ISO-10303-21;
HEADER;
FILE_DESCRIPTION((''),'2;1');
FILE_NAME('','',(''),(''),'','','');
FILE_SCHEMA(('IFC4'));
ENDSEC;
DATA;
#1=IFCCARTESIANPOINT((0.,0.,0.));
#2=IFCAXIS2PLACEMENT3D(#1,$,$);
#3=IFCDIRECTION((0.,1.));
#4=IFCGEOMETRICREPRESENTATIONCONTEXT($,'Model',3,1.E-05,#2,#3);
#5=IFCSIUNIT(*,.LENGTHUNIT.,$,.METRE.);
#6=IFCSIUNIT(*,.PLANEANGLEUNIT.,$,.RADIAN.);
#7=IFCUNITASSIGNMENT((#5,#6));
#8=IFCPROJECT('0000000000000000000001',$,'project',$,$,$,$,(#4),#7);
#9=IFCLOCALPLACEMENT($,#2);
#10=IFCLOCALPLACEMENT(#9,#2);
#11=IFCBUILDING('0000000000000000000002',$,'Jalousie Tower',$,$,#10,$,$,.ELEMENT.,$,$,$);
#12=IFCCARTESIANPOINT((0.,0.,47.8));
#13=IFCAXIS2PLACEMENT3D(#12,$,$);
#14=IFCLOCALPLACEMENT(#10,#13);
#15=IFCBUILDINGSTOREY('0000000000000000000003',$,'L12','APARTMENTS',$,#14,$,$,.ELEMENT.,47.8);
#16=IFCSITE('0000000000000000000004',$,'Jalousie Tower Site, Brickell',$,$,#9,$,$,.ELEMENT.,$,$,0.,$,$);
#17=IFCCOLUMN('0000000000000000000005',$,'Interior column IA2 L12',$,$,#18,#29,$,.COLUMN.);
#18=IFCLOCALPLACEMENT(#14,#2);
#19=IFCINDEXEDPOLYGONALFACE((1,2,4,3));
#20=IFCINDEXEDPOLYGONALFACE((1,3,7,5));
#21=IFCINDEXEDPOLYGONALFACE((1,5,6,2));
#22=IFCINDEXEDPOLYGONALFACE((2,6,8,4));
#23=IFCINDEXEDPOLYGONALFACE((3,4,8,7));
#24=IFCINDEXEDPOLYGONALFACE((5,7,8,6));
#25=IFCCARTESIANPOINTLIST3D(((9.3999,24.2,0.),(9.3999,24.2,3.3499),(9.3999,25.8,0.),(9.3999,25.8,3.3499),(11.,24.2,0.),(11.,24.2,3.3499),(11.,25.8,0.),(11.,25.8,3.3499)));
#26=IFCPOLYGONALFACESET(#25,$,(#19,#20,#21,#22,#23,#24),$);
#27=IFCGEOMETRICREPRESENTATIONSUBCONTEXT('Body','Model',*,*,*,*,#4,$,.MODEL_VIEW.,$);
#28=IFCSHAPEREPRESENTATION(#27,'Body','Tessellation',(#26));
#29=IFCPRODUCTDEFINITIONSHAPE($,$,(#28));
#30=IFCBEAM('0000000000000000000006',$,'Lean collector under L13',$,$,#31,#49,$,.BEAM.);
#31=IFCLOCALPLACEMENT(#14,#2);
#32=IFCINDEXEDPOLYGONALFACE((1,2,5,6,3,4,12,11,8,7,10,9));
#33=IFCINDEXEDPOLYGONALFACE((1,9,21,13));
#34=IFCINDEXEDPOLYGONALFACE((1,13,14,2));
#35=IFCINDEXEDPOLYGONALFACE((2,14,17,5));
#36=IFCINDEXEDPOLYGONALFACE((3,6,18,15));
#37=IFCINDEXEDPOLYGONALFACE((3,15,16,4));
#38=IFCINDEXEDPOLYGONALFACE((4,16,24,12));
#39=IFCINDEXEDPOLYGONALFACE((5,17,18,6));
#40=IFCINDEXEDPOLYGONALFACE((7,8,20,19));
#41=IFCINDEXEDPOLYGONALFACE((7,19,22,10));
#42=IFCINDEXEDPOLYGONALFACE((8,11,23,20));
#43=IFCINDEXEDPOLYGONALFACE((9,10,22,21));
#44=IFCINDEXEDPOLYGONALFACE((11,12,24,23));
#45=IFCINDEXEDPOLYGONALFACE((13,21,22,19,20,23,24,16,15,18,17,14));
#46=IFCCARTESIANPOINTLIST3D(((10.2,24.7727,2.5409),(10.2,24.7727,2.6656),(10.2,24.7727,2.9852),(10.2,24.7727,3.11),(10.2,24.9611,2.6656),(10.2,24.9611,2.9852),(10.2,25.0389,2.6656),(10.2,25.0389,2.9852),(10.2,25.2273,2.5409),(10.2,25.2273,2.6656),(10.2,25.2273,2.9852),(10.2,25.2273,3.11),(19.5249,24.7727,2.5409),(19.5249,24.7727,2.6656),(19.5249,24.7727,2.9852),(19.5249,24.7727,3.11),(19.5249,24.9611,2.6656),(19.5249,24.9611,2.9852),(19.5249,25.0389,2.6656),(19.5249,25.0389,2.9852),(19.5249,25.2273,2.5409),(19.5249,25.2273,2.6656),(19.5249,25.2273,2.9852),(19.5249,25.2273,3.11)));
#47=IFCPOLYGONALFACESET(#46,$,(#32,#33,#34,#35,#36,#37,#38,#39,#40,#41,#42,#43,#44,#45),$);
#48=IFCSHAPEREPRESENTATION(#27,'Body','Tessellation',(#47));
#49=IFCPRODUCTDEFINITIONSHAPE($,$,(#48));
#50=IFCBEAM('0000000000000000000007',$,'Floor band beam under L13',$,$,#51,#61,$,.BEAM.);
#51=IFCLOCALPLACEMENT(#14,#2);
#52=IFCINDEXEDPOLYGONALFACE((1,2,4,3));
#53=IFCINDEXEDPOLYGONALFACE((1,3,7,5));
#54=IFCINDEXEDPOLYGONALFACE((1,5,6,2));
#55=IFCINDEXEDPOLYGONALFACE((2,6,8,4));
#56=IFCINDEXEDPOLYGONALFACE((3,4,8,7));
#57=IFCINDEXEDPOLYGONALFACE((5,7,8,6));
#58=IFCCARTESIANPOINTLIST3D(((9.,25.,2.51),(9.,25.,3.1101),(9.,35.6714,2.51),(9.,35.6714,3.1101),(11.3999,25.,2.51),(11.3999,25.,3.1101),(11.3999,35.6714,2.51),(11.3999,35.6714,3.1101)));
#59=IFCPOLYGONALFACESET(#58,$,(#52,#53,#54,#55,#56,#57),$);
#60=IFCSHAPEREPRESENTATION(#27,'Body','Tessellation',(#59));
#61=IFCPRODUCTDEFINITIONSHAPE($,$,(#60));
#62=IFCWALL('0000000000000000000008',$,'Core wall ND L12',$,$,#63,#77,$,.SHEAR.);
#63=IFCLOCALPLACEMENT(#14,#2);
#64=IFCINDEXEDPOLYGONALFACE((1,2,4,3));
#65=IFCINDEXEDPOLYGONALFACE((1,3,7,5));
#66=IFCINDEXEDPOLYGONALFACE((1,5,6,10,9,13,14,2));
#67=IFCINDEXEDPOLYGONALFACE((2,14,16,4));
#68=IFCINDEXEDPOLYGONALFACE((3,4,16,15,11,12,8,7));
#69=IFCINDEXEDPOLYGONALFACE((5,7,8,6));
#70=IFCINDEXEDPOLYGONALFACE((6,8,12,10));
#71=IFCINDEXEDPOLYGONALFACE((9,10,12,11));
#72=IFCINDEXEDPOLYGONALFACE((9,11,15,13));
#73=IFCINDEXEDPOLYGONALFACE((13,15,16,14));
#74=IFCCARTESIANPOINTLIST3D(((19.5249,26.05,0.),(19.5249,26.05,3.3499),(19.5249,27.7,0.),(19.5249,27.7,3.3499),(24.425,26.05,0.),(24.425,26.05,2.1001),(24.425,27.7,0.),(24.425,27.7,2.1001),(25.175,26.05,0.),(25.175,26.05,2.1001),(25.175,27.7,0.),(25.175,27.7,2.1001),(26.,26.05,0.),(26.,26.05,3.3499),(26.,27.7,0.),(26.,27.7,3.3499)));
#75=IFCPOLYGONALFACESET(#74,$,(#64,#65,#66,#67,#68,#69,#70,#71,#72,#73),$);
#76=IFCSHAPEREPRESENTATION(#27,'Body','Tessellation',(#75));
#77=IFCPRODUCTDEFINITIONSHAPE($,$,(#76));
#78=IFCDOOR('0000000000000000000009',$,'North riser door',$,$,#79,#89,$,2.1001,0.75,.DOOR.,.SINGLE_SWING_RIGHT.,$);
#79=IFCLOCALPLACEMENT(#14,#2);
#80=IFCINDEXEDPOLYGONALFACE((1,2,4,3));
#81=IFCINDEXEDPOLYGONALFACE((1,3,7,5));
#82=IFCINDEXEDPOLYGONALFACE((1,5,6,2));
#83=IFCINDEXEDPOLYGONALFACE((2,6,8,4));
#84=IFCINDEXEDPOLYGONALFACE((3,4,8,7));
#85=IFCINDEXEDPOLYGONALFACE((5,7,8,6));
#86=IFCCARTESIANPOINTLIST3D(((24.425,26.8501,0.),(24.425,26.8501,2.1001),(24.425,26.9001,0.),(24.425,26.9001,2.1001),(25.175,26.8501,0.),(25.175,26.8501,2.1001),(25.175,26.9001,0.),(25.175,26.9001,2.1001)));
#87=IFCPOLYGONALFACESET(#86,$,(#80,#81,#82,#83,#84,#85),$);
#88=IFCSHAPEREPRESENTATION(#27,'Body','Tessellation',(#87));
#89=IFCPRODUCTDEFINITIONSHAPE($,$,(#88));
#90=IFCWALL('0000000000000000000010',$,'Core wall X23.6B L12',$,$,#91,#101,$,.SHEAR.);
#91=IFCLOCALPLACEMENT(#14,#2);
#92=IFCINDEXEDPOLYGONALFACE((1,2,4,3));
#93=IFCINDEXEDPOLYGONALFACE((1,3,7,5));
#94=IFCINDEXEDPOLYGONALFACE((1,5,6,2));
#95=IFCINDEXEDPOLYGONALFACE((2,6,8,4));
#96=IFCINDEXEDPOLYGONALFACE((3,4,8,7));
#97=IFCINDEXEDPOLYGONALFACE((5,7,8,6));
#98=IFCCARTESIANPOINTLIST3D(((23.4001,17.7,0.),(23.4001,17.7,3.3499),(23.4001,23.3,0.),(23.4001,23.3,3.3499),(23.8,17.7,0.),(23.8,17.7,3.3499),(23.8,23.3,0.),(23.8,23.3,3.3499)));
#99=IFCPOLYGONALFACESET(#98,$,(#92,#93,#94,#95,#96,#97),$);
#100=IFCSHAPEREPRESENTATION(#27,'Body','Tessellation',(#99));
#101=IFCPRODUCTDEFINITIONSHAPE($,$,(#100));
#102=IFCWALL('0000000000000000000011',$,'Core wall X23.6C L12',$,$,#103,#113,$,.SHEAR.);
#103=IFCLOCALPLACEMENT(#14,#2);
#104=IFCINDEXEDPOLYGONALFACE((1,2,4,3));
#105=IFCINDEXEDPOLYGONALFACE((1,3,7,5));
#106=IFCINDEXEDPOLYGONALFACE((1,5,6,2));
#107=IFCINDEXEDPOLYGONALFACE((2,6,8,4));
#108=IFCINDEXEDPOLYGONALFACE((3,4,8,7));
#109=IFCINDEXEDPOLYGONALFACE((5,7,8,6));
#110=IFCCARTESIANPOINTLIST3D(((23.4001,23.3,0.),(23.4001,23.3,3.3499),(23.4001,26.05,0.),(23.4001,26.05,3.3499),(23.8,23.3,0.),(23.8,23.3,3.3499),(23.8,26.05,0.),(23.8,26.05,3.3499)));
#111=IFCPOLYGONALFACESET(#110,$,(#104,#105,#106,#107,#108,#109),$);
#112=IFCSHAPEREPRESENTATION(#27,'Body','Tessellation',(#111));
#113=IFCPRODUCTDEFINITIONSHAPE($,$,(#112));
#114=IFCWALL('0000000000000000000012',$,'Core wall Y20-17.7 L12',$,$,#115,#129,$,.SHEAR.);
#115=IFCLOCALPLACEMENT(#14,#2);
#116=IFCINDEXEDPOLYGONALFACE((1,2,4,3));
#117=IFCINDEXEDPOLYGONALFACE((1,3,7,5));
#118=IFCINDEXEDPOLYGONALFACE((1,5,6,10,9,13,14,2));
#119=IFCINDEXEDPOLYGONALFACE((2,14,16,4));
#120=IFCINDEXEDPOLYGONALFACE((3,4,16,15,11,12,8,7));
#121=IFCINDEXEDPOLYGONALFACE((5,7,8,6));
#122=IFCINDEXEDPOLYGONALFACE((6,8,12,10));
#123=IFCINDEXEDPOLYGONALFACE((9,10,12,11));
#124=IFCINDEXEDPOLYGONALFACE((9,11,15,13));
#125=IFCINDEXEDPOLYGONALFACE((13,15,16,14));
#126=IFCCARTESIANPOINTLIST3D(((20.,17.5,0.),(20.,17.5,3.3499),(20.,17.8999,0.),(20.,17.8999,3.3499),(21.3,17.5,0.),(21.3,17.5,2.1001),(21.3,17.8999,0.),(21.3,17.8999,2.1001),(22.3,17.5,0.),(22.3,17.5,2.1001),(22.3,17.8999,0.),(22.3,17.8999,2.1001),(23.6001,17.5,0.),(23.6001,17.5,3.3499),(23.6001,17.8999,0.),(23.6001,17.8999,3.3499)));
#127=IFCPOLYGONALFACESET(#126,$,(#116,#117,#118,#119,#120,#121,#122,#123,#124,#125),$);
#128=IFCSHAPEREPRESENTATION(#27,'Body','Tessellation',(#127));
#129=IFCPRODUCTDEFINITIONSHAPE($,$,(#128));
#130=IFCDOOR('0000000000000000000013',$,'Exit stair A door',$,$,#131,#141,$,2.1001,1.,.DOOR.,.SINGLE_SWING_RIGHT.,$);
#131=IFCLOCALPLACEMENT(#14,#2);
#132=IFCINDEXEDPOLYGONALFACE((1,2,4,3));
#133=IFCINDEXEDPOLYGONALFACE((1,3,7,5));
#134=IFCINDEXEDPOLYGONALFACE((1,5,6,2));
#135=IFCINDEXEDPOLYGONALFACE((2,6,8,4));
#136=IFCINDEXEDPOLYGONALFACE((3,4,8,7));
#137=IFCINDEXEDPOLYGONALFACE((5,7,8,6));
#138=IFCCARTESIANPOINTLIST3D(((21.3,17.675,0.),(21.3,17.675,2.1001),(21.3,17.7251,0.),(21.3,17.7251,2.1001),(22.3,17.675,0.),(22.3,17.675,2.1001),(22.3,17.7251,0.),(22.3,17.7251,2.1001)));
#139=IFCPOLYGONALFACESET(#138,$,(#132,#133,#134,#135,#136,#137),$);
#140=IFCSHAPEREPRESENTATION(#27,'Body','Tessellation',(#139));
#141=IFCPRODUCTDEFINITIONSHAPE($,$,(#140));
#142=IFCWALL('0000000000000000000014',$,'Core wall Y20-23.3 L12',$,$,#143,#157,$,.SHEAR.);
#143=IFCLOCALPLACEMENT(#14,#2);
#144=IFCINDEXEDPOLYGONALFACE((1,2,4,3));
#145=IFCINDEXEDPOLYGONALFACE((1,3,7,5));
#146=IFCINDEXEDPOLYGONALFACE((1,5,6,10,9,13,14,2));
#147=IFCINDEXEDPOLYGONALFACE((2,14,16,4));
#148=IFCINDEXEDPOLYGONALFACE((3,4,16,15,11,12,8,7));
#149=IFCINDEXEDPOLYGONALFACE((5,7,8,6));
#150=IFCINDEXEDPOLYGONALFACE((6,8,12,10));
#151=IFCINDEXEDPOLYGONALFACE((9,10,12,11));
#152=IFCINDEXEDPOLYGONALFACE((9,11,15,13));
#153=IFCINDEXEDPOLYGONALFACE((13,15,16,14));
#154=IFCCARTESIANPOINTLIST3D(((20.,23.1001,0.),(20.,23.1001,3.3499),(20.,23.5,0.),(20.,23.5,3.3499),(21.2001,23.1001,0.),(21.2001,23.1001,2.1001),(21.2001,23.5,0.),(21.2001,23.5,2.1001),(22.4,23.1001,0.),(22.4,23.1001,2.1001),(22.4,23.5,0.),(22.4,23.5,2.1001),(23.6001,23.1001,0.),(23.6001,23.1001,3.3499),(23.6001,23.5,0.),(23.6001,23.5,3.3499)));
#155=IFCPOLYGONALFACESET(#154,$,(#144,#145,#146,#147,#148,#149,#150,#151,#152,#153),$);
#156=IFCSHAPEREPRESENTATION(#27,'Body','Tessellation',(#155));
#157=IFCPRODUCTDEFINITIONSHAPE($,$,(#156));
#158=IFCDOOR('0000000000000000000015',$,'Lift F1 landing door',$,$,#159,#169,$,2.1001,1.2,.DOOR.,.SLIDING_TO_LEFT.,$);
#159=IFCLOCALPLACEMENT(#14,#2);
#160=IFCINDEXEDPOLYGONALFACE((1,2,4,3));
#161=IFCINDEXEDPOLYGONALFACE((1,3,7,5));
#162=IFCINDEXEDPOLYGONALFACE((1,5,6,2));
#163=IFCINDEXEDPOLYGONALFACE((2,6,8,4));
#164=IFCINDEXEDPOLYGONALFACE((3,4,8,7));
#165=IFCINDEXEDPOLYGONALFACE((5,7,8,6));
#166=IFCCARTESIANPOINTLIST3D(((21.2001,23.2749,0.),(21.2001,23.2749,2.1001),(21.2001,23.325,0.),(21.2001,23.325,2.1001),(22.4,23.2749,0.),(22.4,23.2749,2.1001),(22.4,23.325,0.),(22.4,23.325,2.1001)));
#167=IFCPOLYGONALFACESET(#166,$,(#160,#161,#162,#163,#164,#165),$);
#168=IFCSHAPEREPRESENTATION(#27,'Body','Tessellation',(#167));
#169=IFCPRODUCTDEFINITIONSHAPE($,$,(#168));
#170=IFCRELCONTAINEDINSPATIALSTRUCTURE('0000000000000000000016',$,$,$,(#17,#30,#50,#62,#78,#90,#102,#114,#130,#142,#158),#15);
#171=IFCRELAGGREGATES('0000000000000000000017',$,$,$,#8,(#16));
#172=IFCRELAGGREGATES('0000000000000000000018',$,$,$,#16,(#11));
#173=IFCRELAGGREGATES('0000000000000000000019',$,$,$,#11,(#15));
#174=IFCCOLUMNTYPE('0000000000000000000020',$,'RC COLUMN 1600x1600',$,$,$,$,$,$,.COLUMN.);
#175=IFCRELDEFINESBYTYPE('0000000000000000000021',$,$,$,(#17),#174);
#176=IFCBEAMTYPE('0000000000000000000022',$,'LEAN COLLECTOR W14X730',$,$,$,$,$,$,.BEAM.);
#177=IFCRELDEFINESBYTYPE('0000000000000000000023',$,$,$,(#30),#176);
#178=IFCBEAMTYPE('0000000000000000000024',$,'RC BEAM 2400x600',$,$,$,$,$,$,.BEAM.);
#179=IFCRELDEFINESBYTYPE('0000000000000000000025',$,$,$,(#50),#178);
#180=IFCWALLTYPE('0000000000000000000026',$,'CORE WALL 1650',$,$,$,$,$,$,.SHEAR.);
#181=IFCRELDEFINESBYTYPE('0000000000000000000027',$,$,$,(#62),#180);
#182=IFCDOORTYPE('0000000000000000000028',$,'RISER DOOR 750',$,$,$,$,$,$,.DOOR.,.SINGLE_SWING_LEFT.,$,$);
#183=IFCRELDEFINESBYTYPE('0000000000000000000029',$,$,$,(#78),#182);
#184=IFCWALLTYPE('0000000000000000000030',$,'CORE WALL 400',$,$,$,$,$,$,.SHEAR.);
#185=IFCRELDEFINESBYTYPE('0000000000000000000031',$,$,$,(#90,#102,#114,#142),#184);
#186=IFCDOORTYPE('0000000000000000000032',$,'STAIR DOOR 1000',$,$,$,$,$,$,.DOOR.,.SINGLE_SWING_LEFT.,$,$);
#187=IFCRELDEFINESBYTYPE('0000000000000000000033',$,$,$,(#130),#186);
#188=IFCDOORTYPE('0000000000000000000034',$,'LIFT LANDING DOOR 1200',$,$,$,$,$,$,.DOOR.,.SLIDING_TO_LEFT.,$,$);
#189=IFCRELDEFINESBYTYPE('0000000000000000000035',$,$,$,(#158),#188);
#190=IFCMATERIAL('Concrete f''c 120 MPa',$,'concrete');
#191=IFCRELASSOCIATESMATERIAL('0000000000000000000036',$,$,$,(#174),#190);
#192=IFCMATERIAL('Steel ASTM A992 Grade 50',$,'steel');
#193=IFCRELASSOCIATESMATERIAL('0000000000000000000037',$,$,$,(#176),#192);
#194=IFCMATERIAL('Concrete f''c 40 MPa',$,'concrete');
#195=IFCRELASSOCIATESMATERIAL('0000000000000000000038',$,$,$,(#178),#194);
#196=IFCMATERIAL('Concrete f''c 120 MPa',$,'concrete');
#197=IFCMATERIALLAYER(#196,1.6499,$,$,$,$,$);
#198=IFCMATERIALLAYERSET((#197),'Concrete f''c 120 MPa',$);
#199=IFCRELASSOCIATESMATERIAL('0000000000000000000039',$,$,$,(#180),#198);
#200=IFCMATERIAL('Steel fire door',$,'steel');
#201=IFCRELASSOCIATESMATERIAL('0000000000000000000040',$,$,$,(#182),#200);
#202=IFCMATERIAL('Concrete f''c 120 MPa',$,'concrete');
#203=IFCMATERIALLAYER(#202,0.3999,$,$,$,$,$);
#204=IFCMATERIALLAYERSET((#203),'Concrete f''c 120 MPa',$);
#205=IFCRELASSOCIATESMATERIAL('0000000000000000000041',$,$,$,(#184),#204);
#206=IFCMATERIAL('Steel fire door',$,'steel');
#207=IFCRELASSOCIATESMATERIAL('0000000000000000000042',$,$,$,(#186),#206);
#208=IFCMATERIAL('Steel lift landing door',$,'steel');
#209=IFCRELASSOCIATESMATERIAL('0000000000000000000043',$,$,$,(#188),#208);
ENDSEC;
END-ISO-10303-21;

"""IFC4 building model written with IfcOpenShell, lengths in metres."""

from ifc_helpers import new_model, si_unit, direction, frame, frame_2d, origin, origin_2d, place, context, subcontext, project, spatial, rectangle, i_section, extrude, material, layer, layer_set, material_profile, profile_set, type_object, element, fill, save


model = new_model("IFC4")

# Units and contexts
model_context = context("Model", 3, precision=1e-05, world=origin(), true_north=direction((0.0, 1.0)))
body_context = subcontext(model_context, "Body", "Model", "MODEL_VIEW")
ifc_project = project(units=[si_unit("LENGTHUNIT", "METRE"), si_unit("PLANEANGLEUNIT", "RADIAN")], contexts=[model_context])

# Site, building, storey
site_placement = place(None, origin())
site = spatial("IfcSite", under=ifc_project, at=site_placement, Name="Jalousie Tower Site, Brickell", CompositionType="ELEMENT", RefElevation=0.0)
building_placement = place(site_placement, origin())
building = spatial("IfcBuilding", under=site, at=building_placement, Name="Jalousie Tower", CompositionType="ELEMENT")
storey_placement = place(building_placement, frame((0.0, 0.0, 47.8)))
storey = spatial("IfcBuildingStorey", under=building, at=storey_placement, Name="L12", Description="APARTMENTS", CompositionType="ELEMENT", Elevation=47.8)

# Column
ifc_material_1 = material(Name="Concrete f'c 120 MPa", Category="concrete")
ifc_material_profile_1 = material_profile(ifc_material_1, rectangle(XDim=1.6001, YDim=1.6001, at=origin_2d()), Name="RC 1600x1600")
ifc_profile_set_1 = profile_set([ifc_material_profile_1], Name="Concrete f'c 120 MPa")
column_type = type_object("IfcColumnType", Name="RC COLUMN 1600x1600", PredefinedType="COLUMN", material=ifc_profile_set_1)
column_placement = place(storey_placement, frame((10.2, 25.0, 0.0), z_axis=(0.0, 0.0, 1.0), x_axis=(1.0, 0.0, 0.0)))
element("IfcColumn", 1, at=column_placement, inside=storey, type_object=column_type, Name="Interior column IA2 L12", PredefinedType="COLUMN", context=body_context, shape_type="SweptSolid", body=[
    extrude(rectangle(XDim=1.6001, YDim=1.6001, at=origin_2d()), origin(), (0.0, 0.0, 1.0), 3.3499),
])

# Beams
ifc_material_2 = material(Name="Steel ASTM A992 Grade 50", Category="steel")
ifc_material_profile_2 = material_profile(ifc_material_2, i_section(OverallWidth=0.4546, OverallDepth=0.5691, WebThickness=0.0779, FlangeThickness=0.1248, at=origin_2d()), Name="W14X730")
ifc_profile_set_2 = profile_set([ifc_material_profile_2], Name="Steel ASTM A992 Grade 50")
beam_type_1 = type_object("IfcBeamType", Name="LEAN COLLECTOR W14X730", PredefinedType="BEAM", material=ifc_profile_set_2)
beam_1_placement = place(storey_placement, frame((10.2, 25.0, 2.8254), z_axis=(1.0, 0.0, 0.0), x_axis=(0.0, 1.0, 0.0)))
element("IfcBeam", 2, at=beam_1_placement, inside=storey, type_object=beam_type_1, Name="Lean collector under L13", PredefinedType="BEAM", context=body_context, shape_type="SweptSolid", body=[
    extrude(i_section(OverallWidth=0.4546, OverallDepth=0.5691, WebThickness=0.0779, FlangeThickness=0.1248, at=origin_2d()), origin(), (0.0, 0.0, 1.0), 9.325),
])
ifc_material_3 = material(Name="Concrete f'c 40 MPa", Category="concrete")
ifc_material_profile_3 = material_profile(ifc_material_3, rectangle(XDim=2.3999, YDim=0.6001, at=origin_2d()), Name="RC 2400x600")
ifc_profile_set_3 = profile_set([ifc_material_profile_3], Name="Concrete f'c 40 MPa")
beam_type_2 = type_object("IfcBeamType", Name="RC BEAM 2400x600", PredefinedType="BEAM", material=ifc_profile_set_3)
beam_2_placement = place(storey_placement, frame((10.2, 25.0, 2.8101), z_axis=(0.0, 1.0, 0.0), x_axis=(-1.0, 0.0, 0.0)))
element("IfcBeam", 3, at=beam_2_placement, inside=storey, type_object=beam_type_2, Name="Floor band beam under L13", PredefinedType="BEAM", context=body_context, shape_type="SweptSolid", body=[
    extrude(rectangle(XDim=2.3999, YDim=0.6001, at=origin_2d()), origin(), (0.0, 0.0, 1.0), 10.6714),
])

# Wall, opening, door
ifc_material_4 = material(Name="Concrete f'c 120 MPa", Category="concrete")
ifc_layer_1 = layer(ifc_material_4, 1.6499)
ifc_layer_set_1 = layer_set([ifc_layer_1], Name="Concrete f'c 120 MPa")
wall_type_1 = type_object("IfcWallType", Name="CORE WALL 1650", PredefinedType="SHEAR", material=ifc_layer_set_1)
wall_1_placement = place(storey_placement, frame((26.0, 26.875, 0.0), z_axis=(0.0, 0.0, 1.0), x_axis=(-1.0, 0.0, 0.0)))
wall_1 = element("IfcWall", 4, at=wall_1_placement, inside=storey, type_object=wall_type_1, Name="Core wall ND L12", PredefinedType="SHEAR", context=body_context, shape_type="SweptSolid", body=[
    extrude(rectangle(XDim=6.4751, YDim=1.6499, at=frame_2d((3.2375, 0.0))), origin(), (0.0, 0.0, 1.0), 3.3499),
])
opening_1_placement = place(wall_1_placement, frame((0.825, 0.0, 0.0)))
opening_1 = element("IfcOpeningElement", 5, at=opening_1_placement, cuts=wall_1, PredefinedType="OPENING", context=body_context, shape_type="SweptSolid", body=[
    extrude(rectangle(XDim=0.75, YDim=2.1001, at=frame_2d((0.375, 1.05))), frame((0.0, 0.835, 0.0), z_axis=(0.0, -1.0, 0.0), x_axis=(1.0, 0.0, 0.0)), (0.0, 0.0, 1.0), 1.6699),
])
ifc_material_5 = material(Name="Steel fire door", Category="steel")
door_type_1 = type_object("IfcDoorType", Name="RISER DOOR 750", OperationType="SINGLE_SWING_LEFT", PredefinedType="DOOR", material=ifc_material_5)
door_1_placement = place(opening_1_placement, origin())
door_1 = element("IfcDoor", 6, at=door_1_placement, inside=storey, type_object=door_type_1, Name="North riser door", OperationType="SINGLE_SWING_RIGHT", OverallHeight=2.1001, OverallWidth=0.75, PredefinedType="DOOR", context=body_context, shape_type="SweptSolid", body=[
    extrude(rectangle(XDim=0.75, YDim=2.1001, at=frame_2d((0.375, 1.05))), frame((0.0, 0.0249, 0.0), z_axis=(0.0, -1.0, 0.0), x_axis=(1.0, 0.0, 0.0)), (0.0, 0.0, 1.0), 0.05),
])
fill(opening_1, door_1)

# Walls
ifc_material_6 = material(Name="Concrete f'c 120 MPa", Category="concrete")
ifc_layer_2 = layer(ifc_material_6, 0.3999)
ifc_layer_set_2 = layer_set([ifc_layer_2], Name="Concrete f'c 120 MPa")
wall_type_2 = type_object("IfcWallType", Name="CORE WALL 400", PredefinedType="SHEAR", material=ifc_layer_set_2)
wall_2_placement = place(storey_placement, frame((23.6001, 17.7, 0.0), z_axis=(0.0, 0.0, 1.0), x_axis=(0.0, 1.0, 0.0)))
element("IfcWall", 7, at=wall_2_placement, inside=storey, type_object=wall_type_2, Name="Core wall X23.6B L12", PredefinedType="SHEAR", context=body_context, shape_type="SweptSolid", body=[
    extrude(rectangle(XDim=5.6001, YDim=0.3999, at=frame_2d((2.8, 0.0))), origin(), (0.0, 0.0, 1.0), 3.3499),
])
wall_3_placement = place(storey_placement, frame((23.6001, 23.3, 0.0), z_axis=(0.0, 0.0, 1.0), x_axis=(0.0, 1.0, 0.0)))
element("IfcWall", 8, at=wall_3_placement, inside=storey, type_object=wall_type_2, Name="Core wall X23.6C L12", PredefinedType="SHEAR", context=body_context, shape_type="SweptSolid", body=[
    extrude(rectangle(XDim=2.75, YDim=0.3999, at=frame_2d((1.375, 0.0))), origin(), (0.0, 0.0, 1.0), 3.3499),
])

# Walls, openings, doors
wall_4_placement = place(storey_placement, frame((20.0, 17.7, 0.0), z_axis=(0.0, 0.0, 1.0), x_axis=(1.0, 0.0, 0.0)))
wall_4 = element("IfcWall", 9, at=wall_4_placement, inside=storey, type_object=wall_type_2, Name="Core wall Y20-17.7 L12", PredefinedType="SHEAR", context=body_context, shape_type="SweptSolid", body=[
    extrude(rectangle(XDim=3.6001, YDim=0.3999, at=frame_2d((1.8, 0.0))), origin(), (0.0, 0.0, 1.0), 3.3499),
])
opening_2_placement = place(wall_4_placement, frame((1.3, 0.0, 0.0)))
opening_2 = element("IfcOpeningElement", 10, at=opening_2_placement, cuts=wall_4, PredefinedType="OPENING", context=body_context, shape_type="SweptSolid", body=[
    extrude(rectangle(XDim=1.0, YDim=2.1001, at=frame_2d((0.5, 1.05))), frame((0.0, 0.21, 0.0), z_axis=(0.0, -1.0, 0.0), x_axis=(1.0, 0.0, 0.0)), (0.0, 0.0, 1.0), 0.4199),
])
ifc_material_7 = material(Name="Steel fire door", Category="steel")
door_type_2 = type_object("IfcDoorType", Name="STAIR DOOR 1000", OperationType="SINGLE_SWING_LEFT", PredefinedType="DOOR", material=ifc_material_7)
door_2_placement = place(opening_2_placement, frame((1.0, 0.0, 0.0), z_axis=(0.0, 0.0, 1.0), x_axis=(-1.0, 0.0, 0.0)))
door_2 = element("IfcDoor", 11, at=door_2_placement, inside=storey, type_object=door_type_2, Name="Exit stair A door", OperationType="SINGLE_SWING_RIGHT", OverallHeight=2.1001, OverallWidth=1.0, PredefinedType="DOOR", context=body_context, shape_type="SweptSolid", body=[
    extrude(rectangle(XDim=1.0, YDim=2.1001, at=frame_2d((0.5, 1.05))), frame((0.0, 0.0249, 0.0), z_axis=(0.0, -1.0, 0.0), x_axis=(1.0, 0.0, 0.0)), (0.0, 0.0, 1.0), 0.05),
])
fill(opening_2, door_2)
wall_5_placement = place(storey_placement, frame((20.0, 23.3, 0.0), z_axis=(0.0, 0.0, 1.0), x_axis=(1.0, 0.0, 0.0)))
wall_5 = element("IfcWall", 12, at=wall_5_placement, inside=storey, type_object=wall_type_2, Name="Core wall Y20-23.3 L12", PredefinedType="SHEAR", context=body_context, shape_type="SweptSolid", body=[
    extrude(rectangle(XDim=3.6001, YDim=0.3999, at=frame_2d((1.8, 0.0))), origin(), (0.0, 0.0, 1.0), 3.3499),
])
opening_3_placement = place(wall_5_placement, frame((1.2, 0.0, 0.0)))
opening_3 = element("IfcOpeningElement", 13, at=opening_3_placement, cuts=wall_5, PredefinedType="OPENING", context=body_context, shape_type="SweptSolid", body=[
    extrude(rectangle(XDim=1.2, YDim=2.1001, at=frame_2d((0.6001, 1.05))), frame((0.0, 0.21, 0.0), z_axis=(0.0, -1.0, 0.0), x_axis=(1.0, 0.0, 0.0)), (0.0, 0.0, 1.0), 0.4199),
])
ifc_material_8 = material(Name="Steel lift landing door", Category="steel")
door_type_3 = type_object("IfcDoorType", Name="LIFT LANDING DOOR 1200", OperationType="SLIDING_TO_LEFT", PredefinedType="DOOR", material=ifc_material_8)
door_3_placement = place(opening_3_placement, origin())
door_3 = element("IfcDoor", 14, at=door_3_placement, inside=storey, type_object=door_type_3, Name="Lift F1 landing door", OperationType="SLIDING_TO_LEFT", OverallHeight=2.1001, OverallWidth=1.2, PredefinedType="DOOR", context=body_context, shape_type="SweptSolid", body=[
    extrude(rectangle(XDim=1.2, YDim=2.1001, at=frame_2d((0.6001, 1.05))), frame((0.0, 0.0249, 0.0), z_axis=(0.0, -1.0, 0.0), x_axis=(1.0, 0.0, 0.0)), (0.0, 0.0, 1.0), 0.05),
])
fill(opening_3, door_3)

save(model, "model.ifc")
